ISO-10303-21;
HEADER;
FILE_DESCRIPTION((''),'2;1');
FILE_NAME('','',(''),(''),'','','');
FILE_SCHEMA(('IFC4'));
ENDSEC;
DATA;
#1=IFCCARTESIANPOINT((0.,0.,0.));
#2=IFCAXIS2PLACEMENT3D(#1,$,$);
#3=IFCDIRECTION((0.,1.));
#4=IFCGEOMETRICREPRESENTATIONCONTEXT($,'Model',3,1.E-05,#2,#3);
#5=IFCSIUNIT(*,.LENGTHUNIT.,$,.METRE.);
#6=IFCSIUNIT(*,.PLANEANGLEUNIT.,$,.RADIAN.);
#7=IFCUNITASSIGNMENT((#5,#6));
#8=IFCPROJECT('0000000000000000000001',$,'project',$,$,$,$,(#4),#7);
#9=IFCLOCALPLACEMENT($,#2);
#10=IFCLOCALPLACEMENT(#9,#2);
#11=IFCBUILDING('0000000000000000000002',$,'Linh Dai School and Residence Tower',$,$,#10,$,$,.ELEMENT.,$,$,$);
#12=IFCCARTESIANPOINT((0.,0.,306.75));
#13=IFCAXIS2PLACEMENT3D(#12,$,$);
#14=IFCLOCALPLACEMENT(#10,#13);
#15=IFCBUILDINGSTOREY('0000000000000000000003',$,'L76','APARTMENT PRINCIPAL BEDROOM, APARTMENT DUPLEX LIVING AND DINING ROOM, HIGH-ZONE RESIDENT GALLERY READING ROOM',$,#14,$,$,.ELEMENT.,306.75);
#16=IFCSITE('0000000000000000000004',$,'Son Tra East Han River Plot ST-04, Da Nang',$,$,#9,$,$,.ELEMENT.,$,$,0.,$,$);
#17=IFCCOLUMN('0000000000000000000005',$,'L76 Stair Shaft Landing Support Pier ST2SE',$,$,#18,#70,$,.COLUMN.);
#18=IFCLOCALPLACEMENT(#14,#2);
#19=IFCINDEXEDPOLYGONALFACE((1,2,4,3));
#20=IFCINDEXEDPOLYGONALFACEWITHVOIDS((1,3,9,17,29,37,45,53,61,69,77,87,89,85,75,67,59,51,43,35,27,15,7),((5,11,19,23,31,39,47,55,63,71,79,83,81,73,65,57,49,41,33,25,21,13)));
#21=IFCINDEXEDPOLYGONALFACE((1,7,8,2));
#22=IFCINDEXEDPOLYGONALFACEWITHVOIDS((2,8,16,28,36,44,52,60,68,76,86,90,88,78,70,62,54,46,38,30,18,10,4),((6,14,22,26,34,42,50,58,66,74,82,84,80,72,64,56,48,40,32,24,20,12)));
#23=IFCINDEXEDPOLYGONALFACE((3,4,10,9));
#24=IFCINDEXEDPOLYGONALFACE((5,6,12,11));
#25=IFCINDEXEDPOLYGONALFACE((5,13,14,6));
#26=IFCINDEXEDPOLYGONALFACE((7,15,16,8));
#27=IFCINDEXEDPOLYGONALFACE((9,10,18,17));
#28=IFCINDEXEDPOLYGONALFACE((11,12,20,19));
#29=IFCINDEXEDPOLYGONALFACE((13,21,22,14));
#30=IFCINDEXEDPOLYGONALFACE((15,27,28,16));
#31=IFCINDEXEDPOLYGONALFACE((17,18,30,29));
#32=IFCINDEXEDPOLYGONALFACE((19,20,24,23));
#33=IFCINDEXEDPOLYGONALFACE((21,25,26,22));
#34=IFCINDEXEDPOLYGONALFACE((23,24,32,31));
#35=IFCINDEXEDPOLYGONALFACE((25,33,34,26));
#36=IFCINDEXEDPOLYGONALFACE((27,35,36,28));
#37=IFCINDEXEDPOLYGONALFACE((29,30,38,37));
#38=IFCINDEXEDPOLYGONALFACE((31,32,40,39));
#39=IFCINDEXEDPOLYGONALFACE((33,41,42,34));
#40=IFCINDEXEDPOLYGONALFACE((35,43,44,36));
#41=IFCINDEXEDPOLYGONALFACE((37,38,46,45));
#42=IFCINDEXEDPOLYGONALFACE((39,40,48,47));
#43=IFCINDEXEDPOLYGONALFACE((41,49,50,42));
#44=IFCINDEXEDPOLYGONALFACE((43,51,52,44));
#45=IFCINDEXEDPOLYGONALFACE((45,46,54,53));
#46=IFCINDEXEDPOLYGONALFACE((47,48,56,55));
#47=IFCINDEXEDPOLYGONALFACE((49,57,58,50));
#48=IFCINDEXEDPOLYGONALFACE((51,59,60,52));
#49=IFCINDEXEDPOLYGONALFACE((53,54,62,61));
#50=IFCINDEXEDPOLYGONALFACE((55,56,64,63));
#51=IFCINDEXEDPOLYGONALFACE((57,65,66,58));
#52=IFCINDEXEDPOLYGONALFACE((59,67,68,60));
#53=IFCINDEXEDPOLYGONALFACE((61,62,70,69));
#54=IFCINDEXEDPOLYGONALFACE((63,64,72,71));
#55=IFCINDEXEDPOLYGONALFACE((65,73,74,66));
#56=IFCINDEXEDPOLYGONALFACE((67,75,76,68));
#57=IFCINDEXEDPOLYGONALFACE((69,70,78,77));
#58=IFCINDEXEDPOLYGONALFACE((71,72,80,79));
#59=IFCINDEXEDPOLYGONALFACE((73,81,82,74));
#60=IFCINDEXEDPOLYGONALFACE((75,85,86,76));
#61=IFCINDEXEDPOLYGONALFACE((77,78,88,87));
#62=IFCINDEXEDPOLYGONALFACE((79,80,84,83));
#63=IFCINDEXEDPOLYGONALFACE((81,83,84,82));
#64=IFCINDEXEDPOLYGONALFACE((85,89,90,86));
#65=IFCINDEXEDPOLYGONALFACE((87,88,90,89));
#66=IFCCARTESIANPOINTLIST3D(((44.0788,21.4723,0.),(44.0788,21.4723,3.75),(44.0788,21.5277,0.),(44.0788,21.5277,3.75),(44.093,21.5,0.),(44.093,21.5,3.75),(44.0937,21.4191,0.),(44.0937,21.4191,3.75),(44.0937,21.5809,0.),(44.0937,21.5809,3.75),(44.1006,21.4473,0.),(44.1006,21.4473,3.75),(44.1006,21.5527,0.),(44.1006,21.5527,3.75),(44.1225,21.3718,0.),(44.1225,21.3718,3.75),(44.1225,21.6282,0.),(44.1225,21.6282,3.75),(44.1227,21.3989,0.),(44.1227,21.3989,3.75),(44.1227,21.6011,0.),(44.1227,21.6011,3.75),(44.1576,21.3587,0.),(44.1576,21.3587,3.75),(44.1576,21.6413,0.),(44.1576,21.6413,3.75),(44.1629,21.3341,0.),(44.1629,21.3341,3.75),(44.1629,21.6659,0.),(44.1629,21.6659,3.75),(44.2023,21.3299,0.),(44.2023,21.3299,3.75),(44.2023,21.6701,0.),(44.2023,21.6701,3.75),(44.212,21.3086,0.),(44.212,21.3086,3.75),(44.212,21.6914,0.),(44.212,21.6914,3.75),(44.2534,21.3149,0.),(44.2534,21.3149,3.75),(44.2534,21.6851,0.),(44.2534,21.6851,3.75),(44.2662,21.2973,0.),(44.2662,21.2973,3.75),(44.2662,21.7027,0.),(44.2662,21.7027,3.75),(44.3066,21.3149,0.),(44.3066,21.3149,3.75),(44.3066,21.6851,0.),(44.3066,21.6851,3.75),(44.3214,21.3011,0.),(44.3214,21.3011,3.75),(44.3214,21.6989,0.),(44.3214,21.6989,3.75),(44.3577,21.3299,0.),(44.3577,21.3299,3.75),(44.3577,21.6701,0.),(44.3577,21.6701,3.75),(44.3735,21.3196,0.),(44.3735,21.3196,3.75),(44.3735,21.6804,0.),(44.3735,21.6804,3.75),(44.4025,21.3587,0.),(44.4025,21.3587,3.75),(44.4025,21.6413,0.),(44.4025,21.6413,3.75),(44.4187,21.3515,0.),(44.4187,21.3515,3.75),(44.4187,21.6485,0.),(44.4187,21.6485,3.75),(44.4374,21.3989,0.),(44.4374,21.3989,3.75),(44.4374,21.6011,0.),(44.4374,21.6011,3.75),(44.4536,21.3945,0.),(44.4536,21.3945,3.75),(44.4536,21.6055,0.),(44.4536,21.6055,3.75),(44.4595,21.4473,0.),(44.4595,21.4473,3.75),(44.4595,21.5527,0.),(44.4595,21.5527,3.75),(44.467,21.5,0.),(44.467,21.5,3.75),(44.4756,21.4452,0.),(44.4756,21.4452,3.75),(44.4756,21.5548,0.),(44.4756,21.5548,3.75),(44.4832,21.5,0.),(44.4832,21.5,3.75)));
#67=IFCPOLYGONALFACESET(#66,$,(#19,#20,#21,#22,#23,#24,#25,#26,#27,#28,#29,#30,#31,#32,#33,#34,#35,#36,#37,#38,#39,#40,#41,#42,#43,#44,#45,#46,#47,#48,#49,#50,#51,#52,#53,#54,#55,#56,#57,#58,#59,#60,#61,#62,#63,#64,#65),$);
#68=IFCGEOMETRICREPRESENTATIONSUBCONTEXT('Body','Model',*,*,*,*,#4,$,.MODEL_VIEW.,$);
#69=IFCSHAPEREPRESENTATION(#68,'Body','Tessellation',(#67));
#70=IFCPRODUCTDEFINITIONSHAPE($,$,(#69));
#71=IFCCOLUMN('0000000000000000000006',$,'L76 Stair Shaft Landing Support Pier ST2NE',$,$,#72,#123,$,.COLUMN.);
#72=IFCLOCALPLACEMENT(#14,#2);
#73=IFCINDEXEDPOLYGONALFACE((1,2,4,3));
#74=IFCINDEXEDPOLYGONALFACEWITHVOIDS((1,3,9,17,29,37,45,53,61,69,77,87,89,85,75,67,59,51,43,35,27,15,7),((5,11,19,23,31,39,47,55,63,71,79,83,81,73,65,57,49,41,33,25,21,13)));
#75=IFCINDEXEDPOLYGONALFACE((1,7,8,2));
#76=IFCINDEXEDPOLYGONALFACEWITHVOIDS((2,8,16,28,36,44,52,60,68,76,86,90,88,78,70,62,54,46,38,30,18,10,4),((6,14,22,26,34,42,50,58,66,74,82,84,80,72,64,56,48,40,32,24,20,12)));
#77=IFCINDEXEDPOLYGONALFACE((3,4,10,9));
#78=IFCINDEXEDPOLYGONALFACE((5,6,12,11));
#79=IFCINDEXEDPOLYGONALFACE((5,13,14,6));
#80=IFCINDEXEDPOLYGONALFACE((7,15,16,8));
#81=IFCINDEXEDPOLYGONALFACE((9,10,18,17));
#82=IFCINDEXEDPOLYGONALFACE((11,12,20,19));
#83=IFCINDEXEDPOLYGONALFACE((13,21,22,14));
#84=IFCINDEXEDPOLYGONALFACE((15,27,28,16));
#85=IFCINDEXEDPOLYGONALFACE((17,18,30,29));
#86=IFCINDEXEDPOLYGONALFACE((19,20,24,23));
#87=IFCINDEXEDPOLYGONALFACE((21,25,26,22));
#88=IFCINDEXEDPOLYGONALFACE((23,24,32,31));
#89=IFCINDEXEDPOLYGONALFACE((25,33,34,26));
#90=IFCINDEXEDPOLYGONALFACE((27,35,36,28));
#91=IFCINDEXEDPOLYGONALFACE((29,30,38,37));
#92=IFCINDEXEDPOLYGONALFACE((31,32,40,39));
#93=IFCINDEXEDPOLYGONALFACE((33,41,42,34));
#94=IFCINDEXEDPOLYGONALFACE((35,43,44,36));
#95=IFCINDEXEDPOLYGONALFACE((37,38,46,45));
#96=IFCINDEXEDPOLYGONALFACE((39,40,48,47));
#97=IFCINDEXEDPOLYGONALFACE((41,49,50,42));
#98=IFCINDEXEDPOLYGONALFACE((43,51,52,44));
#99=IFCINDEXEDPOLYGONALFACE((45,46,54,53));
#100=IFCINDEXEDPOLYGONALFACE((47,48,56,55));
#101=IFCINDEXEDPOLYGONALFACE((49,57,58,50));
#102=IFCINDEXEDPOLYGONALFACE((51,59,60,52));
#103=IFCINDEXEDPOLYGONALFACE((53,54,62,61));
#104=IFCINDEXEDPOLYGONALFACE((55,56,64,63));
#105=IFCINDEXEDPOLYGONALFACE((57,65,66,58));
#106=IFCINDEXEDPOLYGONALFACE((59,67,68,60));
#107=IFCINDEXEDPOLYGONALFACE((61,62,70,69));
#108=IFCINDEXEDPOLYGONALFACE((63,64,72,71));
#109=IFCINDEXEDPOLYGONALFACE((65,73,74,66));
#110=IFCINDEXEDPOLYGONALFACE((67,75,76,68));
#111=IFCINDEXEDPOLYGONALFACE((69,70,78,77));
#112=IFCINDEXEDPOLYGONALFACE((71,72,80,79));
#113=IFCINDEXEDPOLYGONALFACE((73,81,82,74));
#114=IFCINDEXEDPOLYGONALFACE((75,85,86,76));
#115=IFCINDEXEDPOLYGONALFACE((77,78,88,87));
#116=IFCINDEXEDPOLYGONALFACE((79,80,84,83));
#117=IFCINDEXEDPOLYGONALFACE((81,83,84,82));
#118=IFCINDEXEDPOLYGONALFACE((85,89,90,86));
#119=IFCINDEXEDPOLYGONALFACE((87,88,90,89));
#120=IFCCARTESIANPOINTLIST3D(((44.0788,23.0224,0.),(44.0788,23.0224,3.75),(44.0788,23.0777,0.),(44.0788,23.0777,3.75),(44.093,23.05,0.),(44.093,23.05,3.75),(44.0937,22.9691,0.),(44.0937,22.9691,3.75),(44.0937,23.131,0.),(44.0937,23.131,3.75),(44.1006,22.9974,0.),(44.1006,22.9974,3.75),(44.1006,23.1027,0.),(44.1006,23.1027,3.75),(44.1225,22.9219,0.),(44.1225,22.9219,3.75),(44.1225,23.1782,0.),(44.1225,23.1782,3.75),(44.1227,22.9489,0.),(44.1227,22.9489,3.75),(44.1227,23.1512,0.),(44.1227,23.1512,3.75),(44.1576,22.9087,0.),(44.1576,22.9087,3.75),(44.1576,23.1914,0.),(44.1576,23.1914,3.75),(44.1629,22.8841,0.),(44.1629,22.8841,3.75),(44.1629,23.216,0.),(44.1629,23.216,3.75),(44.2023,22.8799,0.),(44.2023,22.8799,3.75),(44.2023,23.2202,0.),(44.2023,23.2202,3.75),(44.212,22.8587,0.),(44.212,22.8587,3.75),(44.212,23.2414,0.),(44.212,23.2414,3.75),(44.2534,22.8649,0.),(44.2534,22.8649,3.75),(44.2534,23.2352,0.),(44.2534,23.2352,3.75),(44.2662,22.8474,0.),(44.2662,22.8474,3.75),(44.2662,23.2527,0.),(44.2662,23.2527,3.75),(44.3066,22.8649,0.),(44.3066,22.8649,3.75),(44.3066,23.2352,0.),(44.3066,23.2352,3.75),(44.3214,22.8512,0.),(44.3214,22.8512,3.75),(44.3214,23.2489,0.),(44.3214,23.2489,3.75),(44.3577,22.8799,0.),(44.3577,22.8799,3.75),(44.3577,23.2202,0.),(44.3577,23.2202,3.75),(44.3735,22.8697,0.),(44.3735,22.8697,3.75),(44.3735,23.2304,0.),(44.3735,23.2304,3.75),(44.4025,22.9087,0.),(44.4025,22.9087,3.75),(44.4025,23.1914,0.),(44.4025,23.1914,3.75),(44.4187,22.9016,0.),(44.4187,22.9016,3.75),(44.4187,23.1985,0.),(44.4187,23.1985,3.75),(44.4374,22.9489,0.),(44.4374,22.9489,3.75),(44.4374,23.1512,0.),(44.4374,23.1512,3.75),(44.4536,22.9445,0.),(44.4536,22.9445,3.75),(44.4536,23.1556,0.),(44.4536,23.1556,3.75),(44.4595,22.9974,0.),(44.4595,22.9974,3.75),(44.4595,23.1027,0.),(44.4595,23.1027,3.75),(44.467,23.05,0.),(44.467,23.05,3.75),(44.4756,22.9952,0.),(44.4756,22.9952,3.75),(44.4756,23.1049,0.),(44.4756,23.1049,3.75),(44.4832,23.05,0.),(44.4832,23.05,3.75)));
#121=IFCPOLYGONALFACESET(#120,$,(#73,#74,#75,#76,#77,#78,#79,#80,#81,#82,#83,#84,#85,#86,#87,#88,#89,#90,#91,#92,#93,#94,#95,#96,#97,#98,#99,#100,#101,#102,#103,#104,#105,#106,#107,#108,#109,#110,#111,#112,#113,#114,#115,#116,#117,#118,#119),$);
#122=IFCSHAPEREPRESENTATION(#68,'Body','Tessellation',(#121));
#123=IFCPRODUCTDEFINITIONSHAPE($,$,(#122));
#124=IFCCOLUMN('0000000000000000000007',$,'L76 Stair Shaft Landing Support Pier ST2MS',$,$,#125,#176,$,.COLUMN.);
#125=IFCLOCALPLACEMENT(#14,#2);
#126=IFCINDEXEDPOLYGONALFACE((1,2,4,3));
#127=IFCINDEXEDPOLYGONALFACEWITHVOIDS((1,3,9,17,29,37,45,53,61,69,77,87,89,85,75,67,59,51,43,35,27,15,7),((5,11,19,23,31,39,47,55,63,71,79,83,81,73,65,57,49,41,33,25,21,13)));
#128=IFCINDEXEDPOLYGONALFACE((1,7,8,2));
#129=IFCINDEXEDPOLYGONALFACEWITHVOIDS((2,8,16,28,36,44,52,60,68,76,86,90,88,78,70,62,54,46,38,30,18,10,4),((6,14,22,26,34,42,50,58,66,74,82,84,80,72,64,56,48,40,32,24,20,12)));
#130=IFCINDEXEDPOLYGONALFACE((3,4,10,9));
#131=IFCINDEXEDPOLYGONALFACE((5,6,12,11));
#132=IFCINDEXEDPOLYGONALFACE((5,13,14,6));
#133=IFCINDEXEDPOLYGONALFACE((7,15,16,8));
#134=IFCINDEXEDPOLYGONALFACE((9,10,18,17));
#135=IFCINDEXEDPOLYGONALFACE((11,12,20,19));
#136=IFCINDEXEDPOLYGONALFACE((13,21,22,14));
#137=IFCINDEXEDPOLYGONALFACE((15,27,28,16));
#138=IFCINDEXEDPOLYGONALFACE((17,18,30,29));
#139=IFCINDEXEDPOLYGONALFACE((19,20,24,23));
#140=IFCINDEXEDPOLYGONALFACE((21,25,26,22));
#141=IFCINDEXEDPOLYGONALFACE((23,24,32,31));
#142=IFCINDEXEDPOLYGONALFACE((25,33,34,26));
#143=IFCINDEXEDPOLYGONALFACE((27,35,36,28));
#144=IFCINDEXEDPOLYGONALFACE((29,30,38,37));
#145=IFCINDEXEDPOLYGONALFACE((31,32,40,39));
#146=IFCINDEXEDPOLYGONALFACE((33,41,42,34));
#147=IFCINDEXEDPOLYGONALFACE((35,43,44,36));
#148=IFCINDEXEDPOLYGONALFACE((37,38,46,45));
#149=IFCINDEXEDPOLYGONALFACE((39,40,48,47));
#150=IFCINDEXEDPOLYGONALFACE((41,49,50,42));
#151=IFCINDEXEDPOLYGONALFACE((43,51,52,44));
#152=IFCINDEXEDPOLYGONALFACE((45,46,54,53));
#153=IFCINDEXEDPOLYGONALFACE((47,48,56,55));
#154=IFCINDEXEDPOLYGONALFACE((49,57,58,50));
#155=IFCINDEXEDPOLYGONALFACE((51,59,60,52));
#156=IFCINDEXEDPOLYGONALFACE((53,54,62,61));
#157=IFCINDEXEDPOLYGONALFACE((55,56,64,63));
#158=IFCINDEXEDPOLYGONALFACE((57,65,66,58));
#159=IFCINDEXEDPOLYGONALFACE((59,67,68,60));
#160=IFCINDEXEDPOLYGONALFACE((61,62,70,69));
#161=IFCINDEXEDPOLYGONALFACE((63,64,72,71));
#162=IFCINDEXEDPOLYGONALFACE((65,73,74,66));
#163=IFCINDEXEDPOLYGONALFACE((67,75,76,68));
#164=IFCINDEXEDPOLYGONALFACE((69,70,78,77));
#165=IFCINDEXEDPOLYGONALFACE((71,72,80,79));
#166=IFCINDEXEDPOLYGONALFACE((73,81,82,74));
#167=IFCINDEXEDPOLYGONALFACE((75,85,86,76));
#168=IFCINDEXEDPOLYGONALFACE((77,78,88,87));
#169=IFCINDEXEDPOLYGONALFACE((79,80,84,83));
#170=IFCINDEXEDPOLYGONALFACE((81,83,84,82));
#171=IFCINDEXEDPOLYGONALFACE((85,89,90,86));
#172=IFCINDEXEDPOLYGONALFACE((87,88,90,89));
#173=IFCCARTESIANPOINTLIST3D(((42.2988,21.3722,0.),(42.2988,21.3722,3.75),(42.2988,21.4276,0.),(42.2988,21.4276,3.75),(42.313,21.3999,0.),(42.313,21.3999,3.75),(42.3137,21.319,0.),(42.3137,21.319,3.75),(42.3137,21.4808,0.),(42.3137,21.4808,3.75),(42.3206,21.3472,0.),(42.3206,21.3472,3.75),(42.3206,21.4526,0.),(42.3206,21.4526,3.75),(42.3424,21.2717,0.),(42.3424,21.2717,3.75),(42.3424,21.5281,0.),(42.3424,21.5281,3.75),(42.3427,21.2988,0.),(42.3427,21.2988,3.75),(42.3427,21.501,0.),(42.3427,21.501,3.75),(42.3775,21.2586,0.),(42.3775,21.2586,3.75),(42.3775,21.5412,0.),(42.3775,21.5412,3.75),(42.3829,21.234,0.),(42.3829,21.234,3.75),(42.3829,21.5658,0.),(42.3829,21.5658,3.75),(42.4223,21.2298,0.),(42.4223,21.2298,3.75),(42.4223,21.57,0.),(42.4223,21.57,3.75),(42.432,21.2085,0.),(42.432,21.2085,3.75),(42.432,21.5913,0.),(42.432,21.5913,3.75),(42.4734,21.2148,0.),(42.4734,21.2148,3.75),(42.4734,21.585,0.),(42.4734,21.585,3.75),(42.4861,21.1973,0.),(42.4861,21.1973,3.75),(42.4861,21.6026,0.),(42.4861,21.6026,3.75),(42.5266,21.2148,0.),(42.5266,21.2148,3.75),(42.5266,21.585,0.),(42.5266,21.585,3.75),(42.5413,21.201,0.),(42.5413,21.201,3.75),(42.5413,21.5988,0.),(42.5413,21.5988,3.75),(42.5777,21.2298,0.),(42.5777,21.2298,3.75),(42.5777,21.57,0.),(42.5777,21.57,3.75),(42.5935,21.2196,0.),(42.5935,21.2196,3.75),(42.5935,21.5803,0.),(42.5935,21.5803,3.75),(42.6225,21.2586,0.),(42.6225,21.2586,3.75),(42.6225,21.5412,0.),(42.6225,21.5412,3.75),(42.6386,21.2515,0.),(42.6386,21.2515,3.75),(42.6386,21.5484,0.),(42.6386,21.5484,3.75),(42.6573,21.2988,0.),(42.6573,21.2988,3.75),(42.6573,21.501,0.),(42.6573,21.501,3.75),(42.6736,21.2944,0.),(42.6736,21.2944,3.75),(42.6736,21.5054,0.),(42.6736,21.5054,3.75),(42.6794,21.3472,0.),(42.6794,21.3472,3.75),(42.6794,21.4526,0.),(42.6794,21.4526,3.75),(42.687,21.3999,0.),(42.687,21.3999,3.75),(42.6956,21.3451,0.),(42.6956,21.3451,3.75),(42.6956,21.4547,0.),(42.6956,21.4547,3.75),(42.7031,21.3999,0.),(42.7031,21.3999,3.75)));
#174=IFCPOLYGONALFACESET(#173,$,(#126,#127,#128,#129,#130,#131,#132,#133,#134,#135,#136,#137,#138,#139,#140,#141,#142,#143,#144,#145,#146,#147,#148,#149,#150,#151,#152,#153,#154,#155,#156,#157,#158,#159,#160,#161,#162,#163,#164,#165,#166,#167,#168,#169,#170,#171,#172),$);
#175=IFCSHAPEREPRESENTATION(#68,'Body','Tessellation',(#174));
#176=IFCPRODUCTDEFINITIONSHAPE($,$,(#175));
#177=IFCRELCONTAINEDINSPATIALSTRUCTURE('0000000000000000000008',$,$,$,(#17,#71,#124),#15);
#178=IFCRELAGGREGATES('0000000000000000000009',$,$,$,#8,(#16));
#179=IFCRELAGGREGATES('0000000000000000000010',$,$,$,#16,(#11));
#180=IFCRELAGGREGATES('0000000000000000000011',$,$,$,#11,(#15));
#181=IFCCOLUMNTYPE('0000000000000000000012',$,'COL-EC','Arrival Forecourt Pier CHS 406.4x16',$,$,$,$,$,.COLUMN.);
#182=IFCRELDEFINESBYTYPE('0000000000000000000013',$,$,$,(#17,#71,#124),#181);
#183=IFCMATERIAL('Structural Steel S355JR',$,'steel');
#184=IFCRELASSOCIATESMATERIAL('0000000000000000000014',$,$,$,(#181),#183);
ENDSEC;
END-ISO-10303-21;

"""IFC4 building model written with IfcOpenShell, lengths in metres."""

from ifc_helpers import new_model, si_unit, direction, frame, origin, origin_2d, place, context, subcontext, project, spatial, hollow_circle, extrude, material, material_profile, profile_set, type_object, element, save


model = new_model("IFC4")

# Units and contexts
model_context = context("Model", 3, precision=1e-05, world=origin(), true_north=direction((0.0, 1.0)))
body_context = subcontext(model_context, "Body", "Model", "MODEL_VIEW")
ifc_project = project(units=[si_unit("LENGTHUNIT", "METRE"), si_unit("PLANEANGLEUNIT", "RADIAN")], contexts=[model_context])

# Site, building, storey
site_placement = place(None, origin())
site = spatial("IfcSite", under=ifc_project, at=site_placement, Name="Son Tra East Han River Plot ST-04, Da Nang", CompositionType="ELEMENT", RefElevation=0.0)
building_placement = place(site_placement, origin())
building = spatial("IfcBuilding", under=site, at=building_placement, Name="Linh Dai School and Residence Tower", CompositionType="ELEMENT")
storey_placement = place(building_placement, frame((0.0, 0.0, 306.75)))
storey = spatial("IfcBuildingStorey", under=building, at=storey_placement, Name="L76", Description="APARTMENT PRINCIPAL BEDROOM, APARTMENT DUPLEX LIVING AND DINING ROOM, HIGH-ZONE RESIDENT GALLERY READING ROOM", CompositionType="ELEMENT", Elevation=306.75)

# Columns
ifc_material_1 = material(Name="Structural Steel S355JR", Category="steel")
ifc_material_profile_1 = material_profile(ifc_material_1, hollow_circle(Radius=0.2031, WallThickness=0.0161, at=origin_2d()), Name="CHS 406.4x16")
ifc_profile_set_1 = profile_set([ifc_material_profile_1], Name="Structural Steel S355JR")
column_type_1 = type_object("IfcColumnType", Name="COL-EC", Description="Arrival Forecourt Pier CHS 406.4x16", PredefinedType="COLUMN", material=ifc_profile_set_1)
for number, where, z_axis, x_axis, name in (
    (1, (44.28, 21.5, 0.0), (0.0, 0.0, 1.0), (1.0, 0.0, 0.0), "L76 Stair Shaft Landing Support Pier ST2SE"),
    (2, (44.28, 23.05, 0.0), (0.0, 0.0, 1.0), (1.0, 0.0, 0.0), "L76 Stair Shaft Landing Support Pier ST2NE"),
    (3, (42.5, 21.3999, 0.0), (0.0, 0.0, 1.0), (1.0, 0.0, 0.0), "L76 Stair Shaft Landing Support Pier ST2MS"),
):
    element("IfcColumn", number, at=place(storey_placement, frame(where, z_axis=z_axis, x_axis=x_axis)), inside=storey, type_object=column_type_1, Name=name, PredefinedType="COLUMN", context=body_context, shape_type="SweptSolid", body=[
        extrude(hollow_circle(Radius=0.2031, WallThickness=0.0161, at=origin_2d()), origin(), (0.0, 0.0, 1.0), 3.75),
    ])

save(model, "model.ifc")
